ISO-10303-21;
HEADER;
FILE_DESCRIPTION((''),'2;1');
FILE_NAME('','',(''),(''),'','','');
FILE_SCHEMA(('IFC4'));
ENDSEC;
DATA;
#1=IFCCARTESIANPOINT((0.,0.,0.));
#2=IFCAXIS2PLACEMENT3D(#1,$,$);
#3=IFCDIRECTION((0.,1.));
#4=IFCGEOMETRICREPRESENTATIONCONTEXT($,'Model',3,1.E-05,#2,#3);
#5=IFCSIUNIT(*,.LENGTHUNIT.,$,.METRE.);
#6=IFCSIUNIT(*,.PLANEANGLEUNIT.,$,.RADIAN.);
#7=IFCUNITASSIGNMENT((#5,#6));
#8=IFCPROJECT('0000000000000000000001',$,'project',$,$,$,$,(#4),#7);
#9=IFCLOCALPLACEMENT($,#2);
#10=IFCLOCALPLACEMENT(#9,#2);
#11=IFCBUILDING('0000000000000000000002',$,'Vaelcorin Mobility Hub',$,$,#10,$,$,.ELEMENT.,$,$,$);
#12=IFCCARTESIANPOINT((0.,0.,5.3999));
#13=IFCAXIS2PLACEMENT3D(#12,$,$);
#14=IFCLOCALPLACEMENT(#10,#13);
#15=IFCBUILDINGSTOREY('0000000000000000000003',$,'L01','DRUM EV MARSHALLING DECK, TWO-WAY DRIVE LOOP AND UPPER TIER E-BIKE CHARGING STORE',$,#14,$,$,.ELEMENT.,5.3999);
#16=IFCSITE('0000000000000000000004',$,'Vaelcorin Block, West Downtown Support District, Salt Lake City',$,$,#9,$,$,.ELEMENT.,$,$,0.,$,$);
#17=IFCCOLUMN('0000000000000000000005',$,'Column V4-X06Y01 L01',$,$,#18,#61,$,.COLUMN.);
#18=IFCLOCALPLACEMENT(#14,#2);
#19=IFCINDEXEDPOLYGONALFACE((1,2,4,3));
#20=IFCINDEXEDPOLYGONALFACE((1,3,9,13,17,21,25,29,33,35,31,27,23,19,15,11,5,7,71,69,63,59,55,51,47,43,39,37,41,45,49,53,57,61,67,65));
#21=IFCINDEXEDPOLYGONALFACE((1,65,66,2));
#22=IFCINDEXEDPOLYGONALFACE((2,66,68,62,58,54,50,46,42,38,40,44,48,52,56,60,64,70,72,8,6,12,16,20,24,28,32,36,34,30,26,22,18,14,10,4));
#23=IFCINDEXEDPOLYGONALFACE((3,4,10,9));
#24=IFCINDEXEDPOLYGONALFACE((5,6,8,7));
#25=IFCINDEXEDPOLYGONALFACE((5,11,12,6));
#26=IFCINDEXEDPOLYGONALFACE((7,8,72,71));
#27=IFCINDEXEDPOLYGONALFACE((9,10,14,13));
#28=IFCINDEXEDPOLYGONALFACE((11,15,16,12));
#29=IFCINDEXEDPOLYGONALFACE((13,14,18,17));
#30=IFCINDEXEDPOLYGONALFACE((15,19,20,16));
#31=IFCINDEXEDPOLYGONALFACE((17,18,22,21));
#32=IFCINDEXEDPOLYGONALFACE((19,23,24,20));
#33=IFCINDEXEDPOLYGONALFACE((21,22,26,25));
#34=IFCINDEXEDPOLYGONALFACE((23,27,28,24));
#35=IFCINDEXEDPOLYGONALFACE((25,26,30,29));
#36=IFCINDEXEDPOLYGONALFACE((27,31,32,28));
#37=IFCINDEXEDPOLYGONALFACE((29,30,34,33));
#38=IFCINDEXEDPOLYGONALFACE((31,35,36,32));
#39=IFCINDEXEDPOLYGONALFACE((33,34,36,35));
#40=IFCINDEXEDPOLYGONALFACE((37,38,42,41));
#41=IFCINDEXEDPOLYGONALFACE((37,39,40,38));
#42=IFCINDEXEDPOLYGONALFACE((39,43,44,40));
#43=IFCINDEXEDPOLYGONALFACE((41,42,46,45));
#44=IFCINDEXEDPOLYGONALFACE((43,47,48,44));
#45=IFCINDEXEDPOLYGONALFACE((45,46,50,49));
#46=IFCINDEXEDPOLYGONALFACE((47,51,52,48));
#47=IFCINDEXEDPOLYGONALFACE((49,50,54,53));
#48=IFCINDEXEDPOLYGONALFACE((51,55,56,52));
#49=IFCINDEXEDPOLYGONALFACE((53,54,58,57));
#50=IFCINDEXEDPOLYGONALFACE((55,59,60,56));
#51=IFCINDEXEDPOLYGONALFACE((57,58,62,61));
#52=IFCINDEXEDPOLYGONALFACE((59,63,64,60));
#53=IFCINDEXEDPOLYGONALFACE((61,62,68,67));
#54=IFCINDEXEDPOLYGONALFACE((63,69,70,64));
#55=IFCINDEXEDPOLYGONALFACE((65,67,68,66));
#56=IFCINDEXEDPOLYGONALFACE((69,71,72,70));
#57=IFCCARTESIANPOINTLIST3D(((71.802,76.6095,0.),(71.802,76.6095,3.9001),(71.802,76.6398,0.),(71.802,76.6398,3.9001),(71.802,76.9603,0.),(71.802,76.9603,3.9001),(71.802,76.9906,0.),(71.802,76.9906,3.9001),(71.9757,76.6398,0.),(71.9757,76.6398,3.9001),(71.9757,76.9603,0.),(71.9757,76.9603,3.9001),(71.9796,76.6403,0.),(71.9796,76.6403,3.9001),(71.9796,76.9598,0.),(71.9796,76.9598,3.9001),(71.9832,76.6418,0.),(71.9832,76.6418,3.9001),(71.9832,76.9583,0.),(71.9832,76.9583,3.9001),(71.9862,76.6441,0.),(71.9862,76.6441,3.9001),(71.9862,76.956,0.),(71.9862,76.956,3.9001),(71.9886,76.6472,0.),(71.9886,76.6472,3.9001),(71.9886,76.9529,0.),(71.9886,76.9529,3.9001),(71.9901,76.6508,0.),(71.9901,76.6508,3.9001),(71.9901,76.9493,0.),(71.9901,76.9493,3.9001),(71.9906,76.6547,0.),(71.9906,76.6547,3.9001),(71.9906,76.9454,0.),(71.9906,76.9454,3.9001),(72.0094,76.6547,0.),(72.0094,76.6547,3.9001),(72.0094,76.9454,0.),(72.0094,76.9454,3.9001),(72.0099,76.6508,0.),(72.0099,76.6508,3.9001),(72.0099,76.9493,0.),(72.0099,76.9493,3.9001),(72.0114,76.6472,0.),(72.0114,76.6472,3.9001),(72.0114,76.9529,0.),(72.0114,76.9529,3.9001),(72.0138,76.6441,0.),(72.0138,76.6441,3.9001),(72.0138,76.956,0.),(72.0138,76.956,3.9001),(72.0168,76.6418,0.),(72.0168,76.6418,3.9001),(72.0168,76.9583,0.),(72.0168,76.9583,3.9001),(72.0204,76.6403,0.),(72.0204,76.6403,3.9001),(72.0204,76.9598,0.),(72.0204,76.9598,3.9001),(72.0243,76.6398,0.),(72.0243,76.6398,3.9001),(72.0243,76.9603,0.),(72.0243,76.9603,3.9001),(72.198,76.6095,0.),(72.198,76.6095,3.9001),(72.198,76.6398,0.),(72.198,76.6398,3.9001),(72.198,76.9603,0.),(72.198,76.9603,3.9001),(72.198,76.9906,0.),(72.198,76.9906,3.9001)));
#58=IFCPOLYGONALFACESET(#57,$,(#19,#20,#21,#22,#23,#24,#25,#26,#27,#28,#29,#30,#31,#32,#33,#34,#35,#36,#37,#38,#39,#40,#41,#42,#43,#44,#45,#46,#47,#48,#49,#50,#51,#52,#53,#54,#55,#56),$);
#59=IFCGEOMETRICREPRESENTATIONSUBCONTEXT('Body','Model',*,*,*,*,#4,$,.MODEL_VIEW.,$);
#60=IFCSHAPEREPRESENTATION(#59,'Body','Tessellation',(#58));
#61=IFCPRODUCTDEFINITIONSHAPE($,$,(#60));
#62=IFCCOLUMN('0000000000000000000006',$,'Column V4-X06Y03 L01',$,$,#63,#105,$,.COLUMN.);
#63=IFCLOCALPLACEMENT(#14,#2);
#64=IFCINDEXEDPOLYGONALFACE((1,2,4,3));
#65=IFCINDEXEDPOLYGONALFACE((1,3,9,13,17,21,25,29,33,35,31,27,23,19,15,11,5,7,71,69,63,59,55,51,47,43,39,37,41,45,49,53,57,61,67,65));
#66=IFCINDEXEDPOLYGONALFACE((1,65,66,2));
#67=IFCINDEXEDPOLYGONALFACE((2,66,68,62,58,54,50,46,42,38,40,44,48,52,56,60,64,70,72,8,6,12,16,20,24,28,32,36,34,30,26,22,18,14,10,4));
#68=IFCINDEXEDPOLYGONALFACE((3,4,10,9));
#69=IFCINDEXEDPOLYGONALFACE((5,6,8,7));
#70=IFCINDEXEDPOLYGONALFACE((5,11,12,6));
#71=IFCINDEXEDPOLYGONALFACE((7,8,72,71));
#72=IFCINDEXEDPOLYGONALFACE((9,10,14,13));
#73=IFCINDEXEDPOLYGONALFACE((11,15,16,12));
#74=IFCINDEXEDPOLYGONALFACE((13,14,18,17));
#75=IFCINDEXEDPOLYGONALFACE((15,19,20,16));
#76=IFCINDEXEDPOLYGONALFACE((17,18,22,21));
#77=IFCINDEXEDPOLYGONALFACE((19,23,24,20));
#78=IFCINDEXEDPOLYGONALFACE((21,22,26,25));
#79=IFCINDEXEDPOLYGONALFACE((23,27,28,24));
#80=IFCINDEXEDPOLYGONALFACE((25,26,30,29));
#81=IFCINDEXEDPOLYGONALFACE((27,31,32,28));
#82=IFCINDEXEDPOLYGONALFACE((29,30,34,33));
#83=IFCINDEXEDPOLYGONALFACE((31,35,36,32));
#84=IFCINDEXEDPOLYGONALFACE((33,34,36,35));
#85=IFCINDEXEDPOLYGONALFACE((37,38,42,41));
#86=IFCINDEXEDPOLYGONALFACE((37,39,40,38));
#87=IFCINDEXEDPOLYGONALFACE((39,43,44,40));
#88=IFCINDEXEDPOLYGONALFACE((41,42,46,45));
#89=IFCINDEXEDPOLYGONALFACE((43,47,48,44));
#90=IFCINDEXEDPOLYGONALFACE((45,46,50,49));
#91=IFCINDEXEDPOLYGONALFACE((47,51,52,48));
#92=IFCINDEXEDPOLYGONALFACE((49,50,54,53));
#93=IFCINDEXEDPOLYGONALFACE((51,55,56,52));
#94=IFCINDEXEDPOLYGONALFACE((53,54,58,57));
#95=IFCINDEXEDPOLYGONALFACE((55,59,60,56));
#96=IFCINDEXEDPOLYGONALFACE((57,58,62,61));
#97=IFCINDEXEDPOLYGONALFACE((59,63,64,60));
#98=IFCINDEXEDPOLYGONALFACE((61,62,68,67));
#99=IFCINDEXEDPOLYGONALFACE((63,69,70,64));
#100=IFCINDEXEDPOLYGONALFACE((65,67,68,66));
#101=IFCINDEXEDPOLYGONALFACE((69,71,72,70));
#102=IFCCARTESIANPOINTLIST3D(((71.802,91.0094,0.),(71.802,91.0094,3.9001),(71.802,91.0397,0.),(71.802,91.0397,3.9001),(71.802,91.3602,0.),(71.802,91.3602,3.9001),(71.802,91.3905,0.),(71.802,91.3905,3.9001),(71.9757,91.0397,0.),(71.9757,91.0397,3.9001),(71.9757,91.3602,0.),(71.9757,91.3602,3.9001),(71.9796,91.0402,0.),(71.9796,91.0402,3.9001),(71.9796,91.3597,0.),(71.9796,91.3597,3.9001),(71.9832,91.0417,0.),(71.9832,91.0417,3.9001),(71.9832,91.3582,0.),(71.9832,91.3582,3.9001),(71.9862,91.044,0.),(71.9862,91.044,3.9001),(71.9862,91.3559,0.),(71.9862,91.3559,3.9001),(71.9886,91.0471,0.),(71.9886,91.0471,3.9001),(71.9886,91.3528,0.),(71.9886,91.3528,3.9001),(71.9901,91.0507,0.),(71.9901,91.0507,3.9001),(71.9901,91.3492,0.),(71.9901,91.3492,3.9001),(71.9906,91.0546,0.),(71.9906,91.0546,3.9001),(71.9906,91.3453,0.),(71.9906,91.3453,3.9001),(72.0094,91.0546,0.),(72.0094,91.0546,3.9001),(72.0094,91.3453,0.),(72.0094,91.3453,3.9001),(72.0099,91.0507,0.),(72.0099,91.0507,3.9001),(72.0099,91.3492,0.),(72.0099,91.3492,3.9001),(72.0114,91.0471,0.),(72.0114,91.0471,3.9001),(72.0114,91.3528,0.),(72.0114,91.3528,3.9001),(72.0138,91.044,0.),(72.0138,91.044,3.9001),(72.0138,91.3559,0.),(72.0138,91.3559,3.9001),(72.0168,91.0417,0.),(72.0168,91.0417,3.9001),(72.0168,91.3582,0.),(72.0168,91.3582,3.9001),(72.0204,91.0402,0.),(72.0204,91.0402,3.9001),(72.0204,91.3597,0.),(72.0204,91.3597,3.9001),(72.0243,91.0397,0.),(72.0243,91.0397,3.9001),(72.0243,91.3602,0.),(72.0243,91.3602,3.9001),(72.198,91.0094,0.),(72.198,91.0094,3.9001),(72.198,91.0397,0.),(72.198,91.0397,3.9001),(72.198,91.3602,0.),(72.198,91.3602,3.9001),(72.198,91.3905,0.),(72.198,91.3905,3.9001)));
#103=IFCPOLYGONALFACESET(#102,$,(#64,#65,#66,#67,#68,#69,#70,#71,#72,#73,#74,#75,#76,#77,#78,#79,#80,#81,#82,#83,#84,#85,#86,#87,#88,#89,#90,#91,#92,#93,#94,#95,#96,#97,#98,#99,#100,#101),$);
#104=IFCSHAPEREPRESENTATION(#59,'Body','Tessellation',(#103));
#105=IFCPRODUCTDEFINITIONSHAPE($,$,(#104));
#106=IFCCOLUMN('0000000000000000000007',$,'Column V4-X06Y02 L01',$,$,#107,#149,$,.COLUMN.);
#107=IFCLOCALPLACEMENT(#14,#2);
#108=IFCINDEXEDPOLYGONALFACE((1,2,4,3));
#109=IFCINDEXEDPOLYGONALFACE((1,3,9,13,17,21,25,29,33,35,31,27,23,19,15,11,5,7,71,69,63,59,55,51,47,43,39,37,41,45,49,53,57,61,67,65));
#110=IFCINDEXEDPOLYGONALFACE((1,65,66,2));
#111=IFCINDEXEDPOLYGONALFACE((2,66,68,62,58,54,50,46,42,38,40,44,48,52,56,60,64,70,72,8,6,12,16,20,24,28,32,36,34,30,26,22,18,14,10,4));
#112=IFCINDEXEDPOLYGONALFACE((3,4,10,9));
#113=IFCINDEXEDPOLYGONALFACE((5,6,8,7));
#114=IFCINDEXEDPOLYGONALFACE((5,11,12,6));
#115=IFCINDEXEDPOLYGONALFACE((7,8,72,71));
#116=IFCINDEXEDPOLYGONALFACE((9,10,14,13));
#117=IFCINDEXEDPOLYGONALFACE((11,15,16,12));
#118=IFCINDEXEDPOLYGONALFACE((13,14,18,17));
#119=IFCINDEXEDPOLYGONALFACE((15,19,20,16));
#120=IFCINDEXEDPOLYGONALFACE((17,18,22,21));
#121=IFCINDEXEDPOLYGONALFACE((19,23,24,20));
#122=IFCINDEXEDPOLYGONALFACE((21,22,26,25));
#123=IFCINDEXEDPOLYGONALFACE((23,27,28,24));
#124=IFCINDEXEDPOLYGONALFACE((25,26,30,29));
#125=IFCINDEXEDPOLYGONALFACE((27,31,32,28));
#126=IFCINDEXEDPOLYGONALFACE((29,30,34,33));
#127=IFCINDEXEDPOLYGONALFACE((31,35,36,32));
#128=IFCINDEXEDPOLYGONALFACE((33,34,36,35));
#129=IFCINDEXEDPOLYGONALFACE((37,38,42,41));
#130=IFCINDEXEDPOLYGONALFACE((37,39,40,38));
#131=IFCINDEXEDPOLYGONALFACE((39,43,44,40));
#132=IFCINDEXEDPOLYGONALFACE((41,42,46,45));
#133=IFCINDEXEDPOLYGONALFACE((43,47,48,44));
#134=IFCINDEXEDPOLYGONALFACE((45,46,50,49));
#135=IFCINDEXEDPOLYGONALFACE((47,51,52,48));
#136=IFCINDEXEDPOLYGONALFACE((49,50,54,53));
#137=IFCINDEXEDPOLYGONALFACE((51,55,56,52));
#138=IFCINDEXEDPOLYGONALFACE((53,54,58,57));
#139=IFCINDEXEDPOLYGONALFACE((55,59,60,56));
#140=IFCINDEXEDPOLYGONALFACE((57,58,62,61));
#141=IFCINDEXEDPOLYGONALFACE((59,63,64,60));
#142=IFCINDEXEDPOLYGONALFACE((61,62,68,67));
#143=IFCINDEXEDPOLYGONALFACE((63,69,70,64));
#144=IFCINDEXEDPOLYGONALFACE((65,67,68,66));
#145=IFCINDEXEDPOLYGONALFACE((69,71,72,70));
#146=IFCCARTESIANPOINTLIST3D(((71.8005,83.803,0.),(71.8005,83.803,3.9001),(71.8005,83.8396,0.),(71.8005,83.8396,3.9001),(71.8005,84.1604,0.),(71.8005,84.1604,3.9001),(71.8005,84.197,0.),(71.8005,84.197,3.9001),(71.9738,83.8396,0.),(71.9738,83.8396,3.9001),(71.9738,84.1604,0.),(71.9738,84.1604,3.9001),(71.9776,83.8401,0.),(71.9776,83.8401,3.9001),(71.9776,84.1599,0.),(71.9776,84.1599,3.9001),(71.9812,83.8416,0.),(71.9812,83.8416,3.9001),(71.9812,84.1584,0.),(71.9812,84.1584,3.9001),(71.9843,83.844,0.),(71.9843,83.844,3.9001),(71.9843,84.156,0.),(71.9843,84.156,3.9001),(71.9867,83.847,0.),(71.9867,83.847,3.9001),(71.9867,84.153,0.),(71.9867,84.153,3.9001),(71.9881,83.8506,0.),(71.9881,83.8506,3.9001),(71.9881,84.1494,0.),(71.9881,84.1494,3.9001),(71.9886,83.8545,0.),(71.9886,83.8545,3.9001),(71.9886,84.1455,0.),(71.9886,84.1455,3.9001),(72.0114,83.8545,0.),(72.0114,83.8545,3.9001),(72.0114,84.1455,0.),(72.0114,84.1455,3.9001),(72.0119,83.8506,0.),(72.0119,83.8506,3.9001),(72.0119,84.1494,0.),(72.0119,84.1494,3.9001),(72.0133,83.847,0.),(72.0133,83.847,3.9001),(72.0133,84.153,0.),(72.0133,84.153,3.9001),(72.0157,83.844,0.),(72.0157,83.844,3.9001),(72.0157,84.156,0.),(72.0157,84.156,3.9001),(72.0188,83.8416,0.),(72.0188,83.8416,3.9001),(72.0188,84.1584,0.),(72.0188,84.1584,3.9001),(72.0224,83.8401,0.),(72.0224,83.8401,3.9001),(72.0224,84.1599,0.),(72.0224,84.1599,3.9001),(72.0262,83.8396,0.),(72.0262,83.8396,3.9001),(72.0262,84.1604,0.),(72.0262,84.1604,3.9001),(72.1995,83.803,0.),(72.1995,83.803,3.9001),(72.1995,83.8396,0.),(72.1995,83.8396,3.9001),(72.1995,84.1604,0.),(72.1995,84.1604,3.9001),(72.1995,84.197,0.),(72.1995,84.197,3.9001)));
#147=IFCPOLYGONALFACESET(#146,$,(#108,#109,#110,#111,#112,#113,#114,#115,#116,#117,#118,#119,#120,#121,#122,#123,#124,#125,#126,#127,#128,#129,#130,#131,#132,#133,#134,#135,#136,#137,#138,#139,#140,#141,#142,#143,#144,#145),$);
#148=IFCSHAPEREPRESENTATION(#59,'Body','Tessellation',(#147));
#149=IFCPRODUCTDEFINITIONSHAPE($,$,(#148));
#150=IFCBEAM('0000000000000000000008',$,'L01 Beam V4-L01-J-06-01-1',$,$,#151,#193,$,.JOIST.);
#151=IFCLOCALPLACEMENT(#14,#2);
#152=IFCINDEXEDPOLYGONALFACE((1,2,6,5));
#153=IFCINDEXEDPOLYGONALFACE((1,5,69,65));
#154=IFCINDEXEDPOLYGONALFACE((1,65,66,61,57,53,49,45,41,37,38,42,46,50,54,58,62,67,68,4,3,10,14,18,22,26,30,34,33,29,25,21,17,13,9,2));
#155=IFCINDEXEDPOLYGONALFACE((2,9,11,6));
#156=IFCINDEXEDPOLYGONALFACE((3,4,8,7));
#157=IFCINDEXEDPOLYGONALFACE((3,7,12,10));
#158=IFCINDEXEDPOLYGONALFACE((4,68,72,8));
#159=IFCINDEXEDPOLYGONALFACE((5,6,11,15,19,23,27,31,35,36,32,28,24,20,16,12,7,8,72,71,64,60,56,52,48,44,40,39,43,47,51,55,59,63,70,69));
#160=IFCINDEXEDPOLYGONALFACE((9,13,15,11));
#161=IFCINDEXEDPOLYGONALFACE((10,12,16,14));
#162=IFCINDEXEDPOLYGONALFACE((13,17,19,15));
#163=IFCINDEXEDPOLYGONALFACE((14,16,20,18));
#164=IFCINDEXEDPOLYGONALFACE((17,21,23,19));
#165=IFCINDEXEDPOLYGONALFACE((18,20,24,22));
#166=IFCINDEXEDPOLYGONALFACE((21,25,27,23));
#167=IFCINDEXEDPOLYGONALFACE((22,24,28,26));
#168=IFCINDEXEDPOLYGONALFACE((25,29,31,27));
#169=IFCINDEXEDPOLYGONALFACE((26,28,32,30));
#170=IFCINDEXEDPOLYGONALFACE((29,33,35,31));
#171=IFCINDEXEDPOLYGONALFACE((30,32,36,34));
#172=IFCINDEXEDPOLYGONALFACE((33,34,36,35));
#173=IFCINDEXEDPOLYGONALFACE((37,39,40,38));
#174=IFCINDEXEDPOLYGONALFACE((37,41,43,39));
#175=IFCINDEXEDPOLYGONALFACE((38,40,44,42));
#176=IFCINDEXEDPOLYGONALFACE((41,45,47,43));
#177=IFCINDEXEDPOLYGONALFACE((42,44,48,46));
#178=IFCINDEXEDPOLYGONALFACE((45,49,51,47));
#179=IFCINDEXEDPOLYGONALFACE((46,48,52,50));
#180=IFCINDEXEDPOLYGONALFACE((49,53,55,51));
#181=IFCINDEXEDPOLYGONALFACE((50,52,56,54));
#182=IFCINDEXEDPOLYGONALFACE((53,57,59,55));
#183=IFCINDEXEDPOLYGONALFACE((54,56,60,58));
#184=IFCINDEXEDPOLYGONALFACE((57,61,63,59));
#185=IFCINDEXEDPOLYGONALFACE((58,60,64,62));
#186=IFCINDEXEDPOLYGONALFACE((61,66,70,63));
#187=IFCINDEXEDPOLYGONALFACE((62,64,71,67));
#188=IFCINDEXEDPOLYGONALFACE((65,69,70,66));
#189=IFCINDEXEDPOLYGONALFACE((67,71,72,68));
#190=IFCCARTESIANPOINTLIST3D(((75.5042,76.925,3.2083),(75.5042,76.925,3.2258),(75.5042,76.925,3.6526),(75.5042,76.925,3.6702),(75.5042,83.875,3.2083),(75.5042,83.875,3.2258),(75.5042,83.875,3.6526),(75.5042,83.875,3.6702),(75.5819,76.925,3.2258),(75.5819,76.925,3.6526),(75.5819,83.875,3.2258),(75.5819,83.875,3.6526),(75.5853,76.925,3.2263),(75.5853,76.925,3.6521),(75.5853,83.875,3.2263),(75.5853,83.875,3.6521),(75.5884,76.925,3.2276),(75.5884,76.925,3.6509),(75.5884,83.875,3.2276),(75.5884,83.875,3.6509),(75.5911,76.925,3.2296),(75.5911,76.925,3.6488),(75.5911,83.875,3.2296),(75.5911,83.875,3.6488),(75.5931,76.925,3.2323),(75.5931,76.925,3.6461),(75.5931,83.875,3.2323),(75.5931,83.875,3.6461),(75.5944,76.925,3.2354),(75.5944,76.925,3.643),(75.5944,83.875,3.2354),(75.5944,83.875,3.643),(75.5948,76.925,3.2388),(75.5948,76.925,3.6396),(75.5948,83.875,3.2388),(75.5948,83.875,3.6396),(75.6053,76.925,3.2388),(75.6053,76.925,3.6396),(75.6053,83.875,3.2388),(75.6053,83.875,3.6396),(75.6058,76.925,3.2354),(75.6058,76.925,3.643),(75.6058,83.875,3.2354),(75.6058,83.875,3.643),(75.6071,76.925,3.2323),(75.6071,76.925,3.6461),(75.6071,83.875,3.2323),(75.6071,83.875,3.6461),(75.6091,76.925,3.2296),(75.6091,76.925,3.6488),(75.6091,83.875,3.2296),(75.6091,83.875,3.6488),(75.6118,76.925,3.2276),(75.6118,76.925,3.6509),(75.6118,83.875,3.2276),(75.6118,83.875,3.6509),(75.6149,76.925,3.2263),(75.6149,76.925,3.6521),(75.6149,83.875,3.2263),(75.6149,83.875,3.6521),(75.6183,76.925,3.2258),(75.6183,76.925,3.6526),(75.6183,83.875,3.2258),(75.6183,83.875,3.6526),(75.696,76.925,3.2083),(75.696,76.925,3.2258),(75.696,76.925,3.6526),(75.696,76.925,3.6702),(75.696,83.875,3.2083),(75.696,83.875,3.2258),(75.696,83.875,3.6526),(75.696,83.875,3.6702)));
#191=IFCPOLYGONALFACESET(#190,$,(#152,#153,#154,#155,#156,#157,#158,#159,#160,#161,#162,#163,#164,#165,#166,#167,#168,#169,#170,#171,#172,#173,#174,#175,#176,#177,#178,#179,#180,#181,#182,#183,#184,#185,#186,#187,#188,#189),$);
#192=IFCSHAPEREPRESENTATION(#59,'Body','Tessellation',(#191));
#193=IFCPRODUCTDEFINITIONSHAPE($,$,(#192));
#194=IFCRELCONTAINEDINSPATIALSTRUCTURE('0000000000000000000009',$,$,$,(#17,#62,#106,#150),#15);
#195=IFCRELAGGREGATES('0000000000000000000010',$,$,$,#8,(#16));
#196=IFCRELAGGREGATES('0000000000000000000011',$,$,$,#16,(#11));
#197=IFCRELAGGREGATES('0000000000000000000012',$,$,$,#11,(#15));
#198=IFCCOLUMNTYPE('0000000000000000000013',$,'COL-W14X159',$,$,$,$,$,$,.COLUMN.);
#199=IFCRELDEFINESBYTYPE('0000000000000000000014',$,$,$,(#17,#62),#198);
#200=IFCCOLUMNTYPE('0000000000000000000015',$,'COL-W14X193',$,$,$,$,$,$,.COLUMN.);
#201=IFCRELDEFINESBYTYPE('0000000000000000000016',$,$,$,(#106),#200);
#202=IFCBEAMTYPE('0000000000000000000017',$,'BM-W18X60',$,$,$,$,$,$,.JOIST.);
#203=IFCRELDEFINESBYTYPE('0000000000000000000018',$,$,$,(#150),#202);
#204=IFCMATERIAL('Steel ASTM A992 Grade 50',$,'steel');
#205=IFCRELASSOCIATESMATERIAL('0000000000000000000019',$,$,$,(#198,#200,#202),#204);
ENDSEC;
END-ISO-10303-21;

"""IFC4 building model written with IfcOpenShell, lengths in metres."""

from ifc_helpers import new_model, si_unit, direction, frame, origin, origin_2d, place, context, subcontext, project, spatial, i_section, extrude, material, material_profile, profile_set, type_object, element, save


model = new_model("IFC4")

# Units and contexts
model_context = context("Model", 3, precision=1e-05, world=origin(), true_north=direction((0.0, 1.0)))
body_context = subcontext(model_context, "Body", "Model", "MODEL_VIEW")
ifc_project = project(units=[si_unit("LENGTHUNIT", "METRE"), si_unit("PLANEANGLEUNIT", "RADIAN")], contexts=[model_context])

# Site, building, storey
site_placement = place(None, origin())
site = spatial("IfcSite", under=ifc_project, at=site_placement, Name="Vaelcorin Block, West Downtown Support District, Salt Lake City", CompositionType="ELEMENT", RefElevation=0.0)
building_placement = place(site_placement, origin())
building = spatial("IfcBuilding", under=site, at=building_placement, Name="Vaelcorin Mobility Hub", CompositionType="ELEMENT")
storey_placement = place(building_placement, frame((0.0, 0.0, 5.3999)))
storey = spatial("IfcBuildingStorey", under=building, at=storey_placement, Name="L01", Description="DRUM EV MARSHALLING DECK, TWO-WAY DRIVE LOOP AND UPPER TIER E-BIKE CHARGING STORE", CompositionType="ELEMENT", Elevation=5.3999)

# Columns
ifc_material_1 = material(Name="Steel ASTM A992 Grade 50", Category="steel")
ifc_material_profile_1 = material_profile(ifc_material_1, i_section(OverallWidth=0.396, OverallDepth=0.3811, WebThickness=0.0188, FlangeThickness=0.0303, FilletRadius=0.0149, at=origin_2d()), Name="W14X159")
ifc_profile_set_1 = profile_set([ifc_material_profile_1], Name="Steel ASTM A992 Grade 50")
column_type_1 = type_object("IfcColumnType", Name="COL-W14X159", PredefinedType="COLUMN", material=ifc_profile_set_1)
for number, where, z_axis, x_axis, name in (
    (1, (72.0, 76.8, 0.0), (0.0, 0.0, 1.0), (1.0, 0.0, 0.0), "Column V4-X06Y01 L01"),
    (2, (72.0, 91.2, 0.0), (0.0, 0.0, 1.0), (1.0, 0.0, 0.0), "Column V4-X06Y03 L01"),
):
    element("IfcColumn", number, at=place(storey_placement, frame(where, z_axis=z_axis, x_axis=x_axis)), inside=storey, type_object=column_type_1, Name=name, PredefinedType="COLUMN", context=body_context, shape_type="SweptSolid", body=[
        extrude(i_section(OverallWidth=0.396, OverallDepth=0.3811, WebThickness=0.0188, FlangeThickness=0.0303, FilletRadius=0.0149, at=origin_2d()), origin(), (0.0, 0.0, 1.0), 3.9001),
    ])
ifc_material_profile_2 = material_profile(ifc_material_1, i_section(OverallWidth=0.3989, OverallDepth=0.394, WebThickness=0.0227, FlangeThickness=0.0366, FilletRadius=0.0149, at=origin_2d()), Name="W14X193")
ifc_profile_set_2 = profile_set([ifc_material_profile_2], Name="Steel ASTM A992 Grade 50")
column_type_2 = type_object("IfcColumnType", Name="COL-W14X193", PredefinedType="COLUMN", material=ifc_profile_set_2)
column_placement = place(storey_placement, frame((72.0, 84.0, 0.0), z_axis=(0.0, 0.0, 1.0), x_axis=(1.0, 0.0, 0.0)))
element("IfcColumn", 3, at=column_placement, inside=storey, type_object=column_type_2, Name="Column V4-X06Y02 L01", PredefinedType="COLUMN", context=body_context, shape_type="SweptSolid", body=[
    extrude(i_section(OverallWidth=0.3989, OverallDepth=0.394, WebThickness=0.0227, FlangeThickness=0.0366, FilletRadius=0.0149, at=origin_2d()), origin(), (0.0, 0.0, 1.0), 3.9001),
])

# Beam
ifc_material_profile_3 = material_profile(ifc_material_1, i_section(OverallWidth=0.1919, OverallDepth=0.4619, WebThickness=0.0105, FlangeThickness=0.0176, FilletRadius=0.0129, at=origin_2d()), Name="W18X60")
ifc_profile_set_3 = profile_set([ifc_material_profile_3], Name="Steel ASTM A992 Grade 50")
beam_type_1 = type_object("IfcBeamType", Name="BM-W18X60", PredefinedType="JOIST", material=ifc_profile_set_3)
for number, where, z_axis, x_axis, name in (
    (4, (75.6001, 76.925, 3.4392), (0.0, 1.0, 0.0), (-1.0, 0.0, 0.0), "L01 Beam V4-L01-J-06-01-1"),
):
    element("IfcBeam", number, at=place(storey_placement, frame(where, z_axis=z_axis, x_axis=x_axis)), inside=storey, type_object=beam_type_1, Name=name, PredefinedType="JOIST", context=body_context, shape_type="SweptSolid", body=[
        extrude(i_section(OverallWidth=0.1919, OverallDepth=0.4619, WebThickness=0.0105, FlangeThickness=0.0176, FilletRadius=0.0129, at=origin_2d()), origin(), (0.0, 0.0, 1.0), 6.95),
    ])

save(model, "model.ifc")
